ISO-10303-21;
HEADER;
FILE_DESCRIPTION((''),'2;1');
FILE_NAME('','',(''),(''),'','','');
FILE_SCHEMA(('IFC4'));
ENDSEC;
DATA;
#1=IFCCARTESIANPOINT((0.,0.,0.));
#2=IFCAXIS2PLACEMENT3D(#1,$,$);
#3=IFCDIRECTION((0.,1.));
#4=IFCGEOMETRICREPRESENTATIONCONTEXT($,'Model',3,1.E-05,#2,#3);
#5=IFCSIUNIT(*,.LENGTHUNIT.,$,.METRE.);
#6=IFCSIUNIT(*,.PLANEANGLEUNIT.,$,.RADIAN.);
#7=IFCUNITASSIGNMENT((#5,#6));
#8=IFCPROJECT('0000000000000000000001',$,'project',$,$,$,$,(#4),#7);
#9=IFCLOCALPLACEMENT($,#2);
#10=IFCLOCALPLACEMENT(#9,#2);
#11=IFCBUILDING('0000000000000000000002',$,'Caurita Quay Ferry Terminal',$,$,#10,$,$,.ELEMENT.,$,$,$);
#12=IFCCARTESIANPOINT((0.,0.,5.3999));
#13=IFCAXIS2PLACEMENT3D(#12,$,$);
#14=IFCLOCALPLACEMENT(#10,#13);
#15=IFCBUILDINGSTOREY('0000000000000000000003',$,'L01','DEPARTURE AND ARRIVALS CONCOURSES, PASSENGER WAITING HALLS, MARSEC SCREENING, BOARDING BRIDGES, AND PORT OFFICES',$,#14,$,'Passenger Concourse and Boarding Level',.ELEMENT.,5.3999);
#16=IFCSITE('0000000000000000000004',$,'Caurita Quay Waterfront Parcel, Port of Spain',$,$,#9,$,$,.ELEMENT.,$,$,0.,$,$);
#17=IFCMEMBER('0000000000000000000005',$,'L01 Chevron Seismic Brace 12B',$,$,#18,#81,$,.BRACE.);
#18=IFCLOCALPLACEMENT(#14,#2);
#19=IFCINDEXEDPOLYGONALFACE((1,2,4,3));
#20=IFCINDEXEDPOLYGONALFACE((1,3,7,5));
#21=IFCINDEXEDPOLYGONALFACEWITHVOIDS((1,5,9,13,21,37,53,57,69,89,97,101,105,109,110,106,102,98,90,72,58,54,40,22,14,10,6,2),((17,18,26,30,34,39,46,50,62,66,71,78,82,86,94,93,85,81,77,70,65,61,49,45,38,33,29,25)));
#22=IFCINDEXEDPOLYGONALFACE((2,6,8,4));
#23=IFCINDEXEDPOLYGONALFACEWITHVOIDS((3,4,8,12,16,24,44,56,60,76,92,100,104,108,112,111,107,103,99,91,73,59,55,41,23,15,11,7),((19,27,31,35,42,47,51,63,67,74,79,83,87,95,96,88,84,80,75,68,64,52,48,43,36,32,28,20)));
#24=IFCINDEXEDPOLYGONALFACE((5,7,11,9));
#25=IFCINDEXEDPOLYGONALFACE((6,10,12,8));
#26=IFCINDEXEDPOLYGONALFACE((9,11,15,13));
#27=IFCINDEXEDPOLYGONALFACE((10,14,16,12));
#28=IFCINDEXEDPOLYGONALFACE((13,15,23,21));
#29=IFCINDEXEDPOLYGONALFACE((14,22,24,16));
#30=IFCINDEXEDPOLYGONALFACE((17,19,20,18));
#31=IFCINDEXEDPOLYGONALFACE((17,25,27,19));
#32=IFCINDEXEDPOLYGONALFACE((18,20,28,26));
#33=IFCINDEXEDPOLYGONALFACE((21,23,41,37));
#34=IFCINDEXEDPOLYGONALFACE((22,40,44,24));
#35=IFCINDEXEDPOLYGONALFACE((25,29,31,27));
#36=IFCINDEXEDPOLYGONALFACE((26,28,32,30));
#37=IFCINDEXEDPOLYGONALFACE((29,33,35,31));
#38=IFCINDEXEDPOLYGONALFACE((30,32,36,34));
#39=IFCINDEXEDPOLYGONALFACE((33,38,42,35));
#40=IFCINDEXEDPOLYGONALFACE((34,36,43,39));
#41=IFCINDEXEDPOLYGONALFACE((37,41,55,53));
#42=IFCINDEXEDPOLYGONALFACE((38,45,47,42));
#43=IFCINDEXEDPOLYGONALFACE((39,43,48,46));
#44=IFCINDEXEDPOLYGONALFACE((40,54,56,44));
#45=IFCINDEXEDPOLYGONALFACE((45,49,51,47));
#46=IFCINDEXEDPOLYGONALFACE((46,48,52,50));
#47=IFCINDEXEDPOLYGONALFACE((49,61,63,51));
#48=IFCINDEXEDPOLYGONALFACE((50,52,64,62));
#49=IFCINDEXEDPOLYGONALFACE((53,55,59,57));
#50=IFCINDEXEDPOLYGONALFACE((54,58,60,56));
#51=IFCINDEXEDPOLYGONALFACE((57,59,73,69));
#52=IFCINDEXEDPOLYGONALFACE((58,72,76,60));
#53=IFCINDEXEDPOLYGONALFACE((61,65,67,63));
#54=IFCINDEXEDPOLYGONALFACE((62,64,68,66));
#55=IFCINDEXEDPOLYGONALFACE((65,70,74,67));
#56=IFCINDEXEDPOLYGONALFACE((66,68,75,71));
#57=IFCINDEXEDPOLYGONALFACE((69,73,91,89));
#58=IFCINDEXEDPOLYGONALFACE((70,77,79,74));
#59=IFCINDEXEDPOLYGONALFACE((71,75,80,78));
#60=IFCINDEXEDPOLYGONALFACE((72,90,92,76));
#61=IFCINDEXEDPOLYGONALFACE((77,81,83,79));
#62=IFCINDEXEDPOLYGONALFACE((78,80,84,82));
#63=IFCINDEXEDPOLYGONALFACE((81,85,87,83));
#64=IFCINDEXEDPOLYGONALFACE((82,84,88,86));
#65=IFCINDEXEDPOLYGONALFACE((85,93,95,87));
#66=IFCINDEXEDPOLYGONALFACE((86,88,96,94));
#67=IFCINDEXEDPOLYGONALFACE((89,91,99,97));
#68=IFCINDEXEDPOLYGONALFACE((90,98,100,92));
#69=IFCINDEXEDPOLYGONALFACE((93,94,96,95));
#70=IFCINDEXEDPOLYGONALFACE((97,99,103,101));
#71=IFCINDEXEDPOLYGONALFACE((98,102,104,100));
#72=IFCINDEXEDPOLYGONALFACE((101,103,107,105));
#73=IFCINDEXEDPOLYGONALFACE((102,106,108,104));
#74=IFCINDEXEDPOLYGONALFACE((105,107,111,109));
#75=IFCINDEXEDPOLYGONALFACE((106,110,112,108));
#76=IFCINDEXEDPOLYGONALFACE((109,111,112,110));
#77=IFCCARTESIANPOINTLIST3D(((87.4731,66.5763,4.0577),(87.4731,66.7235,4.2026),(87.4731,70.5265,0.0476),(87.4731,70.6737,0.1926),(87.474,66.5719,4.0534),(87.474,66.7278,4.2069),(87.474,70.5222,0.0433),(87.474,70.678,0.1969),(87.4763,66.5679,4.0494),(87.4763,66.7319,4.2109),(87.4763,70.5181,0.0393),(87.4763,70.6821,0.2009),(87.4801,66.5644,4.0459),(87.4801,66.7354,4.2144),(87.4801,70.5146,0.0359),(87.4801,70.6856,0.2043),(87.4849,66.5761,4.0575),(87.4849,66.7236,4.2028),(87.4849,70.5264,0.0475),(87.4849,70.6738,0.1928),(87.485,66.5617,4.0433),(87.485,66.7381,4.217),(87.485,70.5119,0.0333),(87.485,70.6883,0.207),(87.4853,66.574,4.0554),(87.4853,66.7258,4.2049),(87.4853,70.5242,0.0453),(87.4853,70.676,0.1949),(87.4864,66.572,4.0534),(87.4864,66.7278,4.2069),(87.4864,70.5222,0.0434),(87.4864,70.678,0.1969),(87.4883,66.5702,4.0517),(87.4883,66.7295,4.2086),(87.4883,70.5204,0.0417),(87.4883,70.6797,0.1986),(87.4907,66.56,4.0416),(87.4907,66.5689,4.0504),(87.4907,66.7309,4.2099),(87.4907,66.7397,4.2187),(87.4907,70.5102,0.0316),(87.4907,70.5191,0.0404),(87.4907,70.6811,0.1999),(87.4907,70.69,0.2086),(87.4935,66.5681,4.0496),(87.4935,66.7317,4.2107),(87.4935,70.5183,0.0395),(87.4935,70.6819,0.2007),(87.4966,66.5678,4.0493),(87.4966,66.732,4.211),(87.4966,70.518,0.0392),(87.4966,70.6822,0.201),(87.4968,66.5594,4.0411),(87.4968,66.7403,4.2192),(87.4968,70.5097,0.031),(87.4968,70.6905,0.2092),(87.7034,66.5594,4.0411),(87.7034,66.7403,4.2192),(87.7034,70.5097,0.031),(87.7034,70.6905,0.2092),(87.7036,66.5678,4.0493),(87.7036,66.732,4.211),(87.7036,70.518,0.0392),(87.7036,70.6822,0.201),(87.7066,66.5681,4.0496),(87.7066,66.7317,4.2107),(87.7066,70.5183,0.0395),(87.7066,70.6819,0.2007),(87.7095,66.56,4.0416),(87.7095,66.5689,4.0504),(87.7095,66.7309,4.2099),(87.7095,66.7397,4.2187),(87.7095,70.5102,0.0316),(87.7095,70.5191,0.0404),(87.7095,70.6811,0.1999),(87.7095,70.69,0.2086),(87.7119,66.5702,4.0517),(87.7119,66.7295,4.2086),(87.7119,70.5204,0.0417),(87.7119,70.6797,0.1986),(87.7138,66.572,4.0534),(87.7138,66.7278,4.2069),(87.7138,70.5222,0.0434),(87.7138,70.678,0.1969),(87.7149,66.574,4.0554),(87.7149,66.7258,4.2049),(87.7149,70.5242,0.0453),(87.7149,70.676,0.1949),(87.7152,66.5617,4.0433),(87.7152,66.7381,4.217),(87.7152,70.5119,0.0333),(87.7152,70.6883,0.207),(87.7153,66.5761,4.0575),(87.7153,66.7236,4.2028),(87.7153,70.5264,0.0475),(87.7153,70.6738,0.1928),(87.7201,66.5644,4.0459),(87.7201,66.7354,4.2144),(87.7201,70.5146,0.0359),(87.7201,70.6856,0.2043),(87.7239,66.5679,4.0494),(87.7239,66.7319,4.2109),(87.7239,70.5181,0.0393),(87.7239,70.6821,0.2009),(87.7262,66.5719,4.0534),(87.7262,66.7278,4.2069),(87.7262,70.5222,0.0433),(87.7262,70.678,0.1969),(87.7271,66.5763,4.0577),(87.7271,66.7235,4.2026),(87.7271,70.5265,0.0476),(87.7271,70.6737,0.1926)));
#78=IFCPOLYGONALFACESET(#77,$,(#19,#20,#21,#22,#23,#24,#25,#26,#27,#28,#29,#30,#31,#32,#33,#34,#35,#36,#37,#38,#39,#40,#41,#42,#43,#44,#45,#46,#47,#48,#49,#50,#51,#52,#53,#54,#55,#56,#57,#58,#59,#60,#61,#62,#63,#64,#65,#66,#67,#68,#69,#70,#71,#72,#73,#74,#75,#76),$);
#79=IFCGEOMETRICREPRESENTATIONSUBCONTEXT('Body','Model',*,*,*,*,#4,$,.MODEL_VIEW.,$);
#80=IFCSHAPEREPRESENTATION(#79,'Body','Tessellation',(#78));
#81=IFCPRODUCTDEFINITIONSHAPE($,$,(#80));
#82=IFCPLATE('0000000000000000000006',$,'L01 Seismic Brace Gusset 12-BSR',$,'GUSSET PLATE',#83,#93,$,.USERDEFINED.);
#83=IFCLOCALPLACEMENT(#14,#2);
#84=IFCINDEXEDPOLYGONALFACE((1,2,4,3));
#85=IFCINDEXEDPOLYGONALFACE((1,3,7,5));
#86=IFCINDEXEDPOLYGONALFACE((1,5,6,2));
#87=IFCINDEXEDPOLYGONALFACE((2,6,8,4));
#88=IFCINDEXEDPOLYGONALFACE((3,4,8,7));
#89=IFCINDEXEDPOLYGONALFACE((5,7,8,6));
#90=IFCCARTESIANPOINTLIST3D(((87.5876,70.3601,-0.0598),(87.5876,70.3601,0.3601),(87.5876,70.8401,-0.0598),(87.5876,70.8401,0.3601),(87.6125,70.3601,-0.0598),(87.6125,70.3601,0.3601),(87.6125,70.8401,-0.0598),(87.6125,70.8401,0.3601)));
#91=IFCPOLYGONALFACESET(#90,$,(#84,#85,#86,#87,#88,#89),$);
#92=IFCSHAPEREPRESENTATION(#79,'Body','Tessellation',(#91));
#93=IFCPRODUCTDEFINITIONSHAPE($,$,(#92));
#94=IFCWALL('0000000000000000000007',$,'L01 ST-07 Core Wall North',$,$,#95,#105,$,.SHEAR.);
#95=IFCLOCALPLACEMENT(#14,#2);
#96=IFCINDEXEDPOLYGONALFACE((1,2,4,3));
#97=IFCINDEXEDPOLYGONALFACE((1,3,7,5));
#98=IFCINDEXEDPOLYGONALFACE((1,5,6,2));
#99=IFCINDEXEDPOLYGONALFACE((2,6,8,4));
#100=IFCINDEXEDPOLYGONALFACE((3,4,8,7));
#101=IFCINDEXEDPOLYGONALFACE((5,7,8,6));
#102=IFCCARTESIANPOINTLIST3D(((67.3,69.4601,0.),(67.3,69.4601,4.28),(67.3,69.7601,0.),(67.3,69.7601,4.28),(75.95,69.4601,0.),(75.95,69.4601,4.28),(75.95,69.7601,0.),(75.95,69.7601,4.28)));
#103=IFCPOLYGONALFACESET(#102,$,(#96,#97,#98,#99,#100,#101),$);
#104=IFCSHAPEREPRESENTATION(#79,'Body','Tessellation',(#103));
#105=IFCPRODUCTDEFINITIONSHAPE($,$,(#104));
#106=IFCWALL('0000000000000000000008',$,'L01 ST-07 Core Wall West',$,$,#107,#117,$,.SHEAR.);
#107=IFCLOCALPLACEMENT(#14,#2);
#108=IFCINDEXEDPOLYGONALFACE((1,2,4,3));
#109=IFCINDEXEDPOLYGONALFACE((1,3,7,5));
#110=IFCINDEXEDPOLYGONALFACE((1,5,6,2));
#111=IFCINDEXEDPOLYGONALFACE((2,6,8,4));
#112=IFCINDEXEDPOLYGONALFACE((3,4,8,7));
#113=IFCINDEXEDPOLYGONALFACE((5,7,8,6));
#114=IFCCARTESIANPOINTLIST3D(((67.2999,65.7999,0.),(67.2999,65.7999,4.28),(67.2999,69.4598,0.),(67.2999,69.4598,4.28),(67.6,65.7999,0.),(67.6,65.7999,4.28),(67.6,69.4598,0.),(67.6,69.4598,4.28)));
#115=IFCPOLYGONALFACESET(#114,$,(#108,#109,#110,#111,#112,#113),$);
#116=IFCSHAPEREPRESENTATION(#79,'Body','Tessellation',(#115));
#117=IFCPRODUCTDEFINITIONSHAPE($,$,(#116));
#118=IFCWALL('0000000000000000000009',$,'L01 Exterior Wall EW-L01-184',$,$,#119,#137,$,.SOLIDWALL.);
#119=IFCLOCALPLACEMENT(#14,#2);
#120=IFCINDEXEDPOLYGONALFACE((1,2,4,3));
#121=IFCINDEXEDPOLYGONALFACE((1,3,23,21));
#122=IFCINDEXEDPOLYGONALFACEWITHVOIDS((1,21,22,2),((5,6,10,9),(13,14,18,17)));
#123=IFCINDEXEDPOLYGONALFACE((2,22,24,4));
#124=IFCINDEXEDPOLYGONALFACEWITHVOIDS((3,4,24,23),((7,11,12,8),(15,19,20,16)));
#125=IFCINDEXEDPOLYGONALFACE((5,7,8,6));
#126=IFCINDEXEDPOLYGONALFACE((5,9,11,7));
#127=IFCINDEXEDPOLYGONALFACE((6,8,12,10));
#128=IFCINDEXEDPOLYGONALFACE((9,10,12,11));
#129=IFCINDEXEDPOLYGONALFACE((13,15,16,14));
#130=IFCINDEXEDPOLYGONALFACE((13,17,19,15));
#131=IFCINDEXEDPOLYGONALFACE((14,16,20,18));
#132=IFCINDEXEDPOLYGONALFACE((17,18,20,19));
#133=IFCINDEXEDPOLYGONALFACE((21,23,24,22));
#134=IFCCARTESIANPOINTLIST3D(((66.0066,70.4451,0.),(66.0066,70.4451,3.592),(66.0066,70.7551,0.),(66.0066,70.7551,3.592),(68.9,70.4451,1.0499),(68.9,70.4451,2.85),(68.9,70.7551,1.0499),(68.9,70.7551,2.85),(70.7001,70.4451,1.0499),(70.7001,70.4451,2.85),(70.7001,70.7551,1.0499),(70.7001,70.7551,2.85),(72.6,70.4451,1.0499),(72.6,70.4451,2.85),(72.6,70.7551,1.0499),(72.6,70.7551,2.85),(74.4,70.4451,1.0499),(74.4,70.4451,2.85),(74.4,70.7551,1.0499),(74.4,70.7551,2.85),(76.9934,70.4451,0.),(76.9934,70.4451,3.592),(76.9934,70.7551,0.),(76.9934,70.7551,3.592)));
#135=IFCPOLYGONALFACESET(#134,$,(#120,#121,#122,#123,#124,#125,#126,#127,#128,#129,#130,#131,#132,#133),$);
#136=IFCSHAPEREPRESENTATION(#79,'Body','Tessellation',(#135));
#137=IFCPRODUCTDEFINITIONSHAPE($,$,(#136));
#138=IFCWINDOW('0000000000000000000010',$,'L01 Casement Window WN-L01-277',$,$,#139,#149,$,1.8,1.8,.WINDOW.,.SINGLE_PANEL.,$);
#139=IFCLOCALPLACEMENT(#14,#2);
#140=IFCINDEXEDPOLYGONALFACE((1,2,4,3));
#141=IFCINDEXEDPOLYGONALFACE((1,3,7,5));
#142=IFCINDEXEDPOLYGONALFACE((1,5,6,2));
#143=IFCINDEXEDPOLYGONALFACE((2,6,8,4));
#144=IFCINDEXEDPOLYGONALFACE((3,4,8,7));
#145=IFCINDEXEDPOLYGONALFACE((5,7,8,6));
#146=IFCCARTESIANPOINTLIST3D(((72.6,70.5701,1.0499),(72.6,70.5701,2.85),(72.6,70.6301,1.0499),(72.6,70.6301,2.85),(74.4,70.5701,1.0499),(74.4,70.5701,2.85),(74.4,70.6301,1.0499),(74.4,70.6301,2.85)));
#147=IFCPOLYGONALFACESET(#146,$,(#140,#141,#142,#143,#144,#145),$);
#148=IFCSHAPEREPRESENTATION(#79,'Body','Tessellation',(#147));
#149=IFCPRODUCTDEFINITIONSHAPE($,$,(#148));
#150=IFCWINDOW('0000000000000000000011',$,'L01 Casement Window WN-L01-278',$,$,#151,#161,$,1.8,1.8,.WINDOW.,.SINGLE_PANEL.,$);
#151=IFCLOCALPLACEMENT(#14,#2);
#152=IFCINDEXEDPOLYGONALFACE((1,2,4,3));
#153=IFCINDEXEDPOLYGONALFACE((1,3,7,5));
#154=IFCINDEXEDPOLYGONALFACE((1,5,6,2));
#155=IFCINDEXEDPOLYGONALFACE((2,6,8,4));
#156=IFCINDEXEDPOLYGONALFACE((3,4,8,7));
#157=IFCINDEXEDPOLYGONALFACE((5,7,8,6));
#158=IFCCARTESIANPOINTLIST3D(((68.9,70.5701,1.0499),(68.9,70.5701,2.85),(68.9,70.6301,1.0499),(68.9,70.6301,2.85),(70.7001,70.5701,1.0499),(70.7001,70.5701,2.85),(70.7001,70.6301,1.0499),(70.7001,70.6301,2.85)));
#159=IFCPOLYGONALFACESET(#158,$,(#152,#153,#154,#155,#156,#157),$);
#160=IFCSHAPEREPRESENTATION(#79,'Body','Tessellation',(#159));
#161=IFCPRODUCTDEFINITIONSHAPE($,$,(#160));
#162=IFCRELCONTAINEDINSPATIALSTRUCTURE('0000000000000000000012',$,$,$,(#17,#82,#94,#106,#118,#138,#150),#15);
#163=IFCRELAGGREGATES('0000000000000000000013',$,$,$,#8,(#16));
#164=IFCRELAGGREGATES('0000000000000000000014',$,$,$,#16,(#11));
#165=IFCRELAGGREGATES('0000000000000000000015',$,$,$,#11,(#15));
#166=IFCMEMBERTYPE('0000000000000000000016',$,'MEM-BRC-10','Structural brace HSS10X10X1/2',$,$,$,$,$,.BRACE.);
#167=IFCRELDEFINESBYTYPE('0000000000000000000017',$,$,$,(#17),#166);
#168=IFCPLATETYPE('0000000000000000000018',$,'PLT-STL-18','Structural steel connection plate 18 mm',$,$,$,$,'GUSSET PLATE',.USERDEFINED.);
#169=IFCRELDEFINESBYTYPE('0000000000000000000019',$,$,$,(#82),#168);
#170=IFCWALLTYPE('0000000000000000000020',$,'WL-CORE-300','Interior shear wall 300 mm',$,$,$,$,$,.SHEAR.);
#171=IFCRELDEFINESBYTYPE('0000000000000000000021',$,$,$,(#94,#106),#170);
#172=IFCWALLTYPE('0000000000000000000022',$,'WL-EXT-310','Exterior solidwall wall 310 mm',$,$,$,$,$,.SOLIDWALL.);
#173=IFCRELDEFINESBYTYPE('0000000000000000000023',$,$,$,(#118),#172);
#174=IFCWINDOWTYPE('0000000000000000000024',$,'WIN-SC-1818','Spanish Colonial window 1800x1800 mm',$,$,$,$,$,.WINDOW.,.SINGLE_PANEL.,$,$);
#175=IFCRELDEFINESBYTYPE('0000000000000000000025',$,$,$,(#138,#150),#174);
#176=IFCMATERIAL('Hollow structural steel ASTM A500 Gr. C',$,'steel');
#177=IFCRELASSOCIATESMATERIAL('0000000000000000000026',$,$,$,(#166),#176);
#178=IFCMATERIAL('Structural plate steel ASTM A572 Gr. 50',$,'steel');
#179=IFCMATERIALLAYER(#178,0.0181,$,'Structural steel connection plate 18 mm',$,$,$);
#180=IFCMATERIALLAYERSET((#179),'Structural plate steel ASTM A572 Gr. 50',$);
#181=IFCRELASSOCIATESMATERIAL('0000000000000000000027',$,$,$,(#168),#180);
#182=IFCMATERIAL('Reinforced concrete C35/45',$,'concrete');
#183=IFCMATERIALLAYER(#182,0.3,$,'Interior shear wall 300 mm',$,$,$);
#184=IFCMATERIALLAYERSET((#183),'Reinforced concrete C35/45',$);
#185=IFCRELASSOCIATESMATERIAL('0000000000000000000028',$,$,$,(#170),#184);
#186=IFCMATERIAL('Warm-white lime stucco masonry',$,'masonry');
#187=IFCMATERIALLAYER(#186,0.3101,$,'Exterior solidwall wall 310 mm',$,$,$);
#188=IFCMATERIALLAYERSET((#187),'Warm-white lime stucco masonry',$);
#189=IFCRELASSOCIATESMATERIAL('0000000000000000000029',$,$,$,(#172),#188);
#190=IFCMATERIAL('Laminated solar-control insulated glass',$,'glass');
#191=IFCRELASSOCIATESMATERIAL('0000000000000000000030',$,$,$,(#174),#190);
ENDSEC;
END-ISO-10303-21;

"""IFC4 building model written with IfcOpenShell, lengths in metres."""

from ifc_helpers import new_model, si_unit, direction, frame, frame_2d, origin, origin_2d, place, context, subcontext, project, spatial, rectangle, hollow_rectangle, extrude, material, layer, layer_set, material_profile, profile_set, type_object, element, fill, save


model = new_model("IFC4")

# Units and contexts
model_context = context("Model", 3, precision=1e-05, world=origin(), true_north=direction((0.0, 1.0)))
body_context = subcontext(model_context, "Body", "Model", "MODEL_VIEW")
ifc_project = project(units=[si_unit("LENGTHUNIT", "METRE"), si_unit("PLANEANGLEUNIT", "RADIAN")], contexts=[model_context])

# Site, building, storey
site_placement = place(None, origin())
site = spatial("IfcSite", under=ifc_project, at=site_placement, Name="Caurita Quay Waterfront Parcel, Port of Spain", CompositionType="ELEMENT", RefElevation=0.0)
building_placement = place(site_placement, origin())
building = spatial("IfcBuilding", under=site, at=building_placement, Name="Caurita Quay Ferry Terminal", CompositionType="ELEMENT")
storey_placement = place(building_placement, frame((0.0, 0.0, 5.3999)))
storey = spatial("IfcBuildingStorey", under=building, at=storey_placement, Name="L01", Description="DEPARTURE AND ARRIVALS CONCOURSES, PASSENGER WAITING HALLS, MARSEC SCREENING, BOARDING BRIDGES, AND PORT OFFICES", LongName="Passenger Concourse and Boarding Level", CompositionType="ELEMENT", Elevation=5.3999)

# Member
ifc_material_1 = material(Name="Hollow structural steel ASTM A500 Gr. C", Category="steel")
ifc_material_profile_1 = material_profile(ifc_material_1, hollow_rectangle(XDim=0.2539, YDim=0.2539, WallThickness=0.0117, InnerFilletRadius=0.0117, OuterFilletRadius=0.0237, at=origin_2d()), Name="HSS10X10X1/2")
ifc_profile_set_1 = profile_set([ifc_material_profile_1], Name="Hollow structural steel ASTM A500 Gr. C")
member_type = type_object("IfcMemberType", Name="MEM-BRC-10", Description="Structural brace HSS10X10X1/2", PredefinedType="BRACE", material=ifc_profile_set_1)
member_placement = place(storey_placement, frame((87.6001, 70.6001, 0.1201), z_axis=(0.0, -0.701774, 0.7124), x_axis=(1.0, 0.0, 0.0)))
element("IfcMember", 1, at=member_placement, inside=storey, type_object=member_type, Name="L01 Chevron Seismic Brace 12B", PredefinedType="BRACE", context=body_context, shape_type="SweptSolid", body=[
    extrude(hollow_rectangle(XDim=0.2539, YDim=0.2539, WallThickness=0.0117, InnerFilletRadius=0.0117, OuterFilletRadius=0.0237, at=origin_2d()), origin(), (0.0, 0.0, 1.0), 5.6289),
])

# Plate
ifc_material_2 = material(Name="Structural plate steel ASTM A572 Gr. 50", Category="steel")
ifc_layer_1 = layer(ifc_material_2, 0.0181, Name="Structural steel connection plate 18 mm")
ifc_layer_set_1 = layer_set([ifc_layer_1], Name="Structural plate steel ASTM A572 Gr. 50")
plate_type = type_object("IfcPlateType", Name="PLT-STL-18", Description="Structural steel connection plate 18 mm", ElementType="GUSSET PLATE", PredefinedType="USERDEFINED", material=ifc_layer_set_1)
plate_placement = place(storey_placement, frame((87.6001, 70.6001, -0.0598), z_axis=(0.0, 0.0, 1.0), x_axis=(0.0, 1.0, 0.0)))
element("IfcPlate", 2, at=plate_placement, inside=storey, type_object=plate_type, Name="L01 Seismic Brace Gusset 12-BSR", ObjectType="GUSSET PLATE", PredefinedType="USERDEFINED", context=body_context, shape_type="SweptSolid", body=[
    extrude(rectangle(XDim=0.48, YDim=0.0249, at=origin_2d()), origin(), (0.0, 0.0, 1.0), 0.4199),
])

# Walls
ifc_material_3 = material(Name="Reinforced concrete C35/45", Category="concrete")
ifc_layer_2 = layer(ifc_material_3, 0.3, Name="Interior shear wall 300 mm")
ifc_layer_set_2 = layer_set([ifc_layer_2], Name="Reinforced concrete C35/45")
wall_type_1 = type_object("IfcWallType", Name="WL-CORE-300", Description="Interior shear wall 300 mm", PredefinedType="SHEAR", material=ifc_layer_set_2)
wall_1_placement = place(storey_placement, frame((75.95, 69.6101, 0.0), z_axis=(0.0, 0.0, 1.0), x_axis=(-1.0, 0.0, 0.0)))
element("IfcWall", 3, at=wall_1_placement, inside=storey, type_object=wall_type_1, Name="L01 ST-07 Core Wall North", PredefinedType="SHEAR", context=body_context, shape_type="SweptSolid", body=[
    extrude(rectangle(XDim=8.6499, YDim=0.3, at=frame_2d((4.325, 0.0))), origin(), (0.0, 0.0, 1.0), 4.28),
])
wall_2_placement = place(storey_placement, frame((67.45, 69.46, 0.0), z_axis=(0.0, 0.0, 1.0), x_axis=(0.0, -1.0, 0.0)))
element("IfcWall", 4, at=wall_2_placement, inside=storey, type_object=wall_type_1, Name="L01 ST-07 Core Wall West", PredefinedType="SHEAR", context=body_context, shape_type="SweptSolid", body=[
    extrude(rectangle(XDim=3.6599, YDim=0.3, at=frame_2d((1.8301, 0.0))), origin(), (0.0, 0.0, 1.0), 4.28),
])

# Wall, openings, windows
ifc_material_4 = material(Name="Warm-white lime stucco masonry", Category="masonry")
ifc_layer_3 = layer(ifc_material_4, 0.3101, Name="Exterior solidwall wall 310 mm")
ifc_layer_set_3 = layer_set([ifc_layer_3], Name="Warm-white lime stucco masonry")
wall_type_2 = type_object("IfcWallType", Name="WL-EXT-310", Description="Exterior solidwall wall 310 mm", PredefinedType="SOLIDWALL", material=ifc_layer_set_3)
wall_3_placement = place(storey_placement, frame((76.9934, 70.6001, 0.0), z_axis=(0.0, 0.0, 1.0), x_axis=(-1.0, 0.0, 0.0)))
wall_3 = element("IfcWall", 5, at=wall_3_placement, inside=storey, type_object=wall_type_2, Name="L01 Exterior Wall EW-L01-184", PredefinedType="SOLIDWALL", context=body_context, shape_type="SweptSolid", body=[
    extrude(rectangle(XDim=10.9868, YDim=0.3101, at=frame_2d((5.4934, 0.0))), origin(), (0.0, 0.0, 1.0), 3.592),
])
opening_1_placement = place(wall_3_placement, frame((2.5935, 0.0, 1.05)))
opening_1 = element("IfcOpeningElement", 6, at=opening_1_placement, cuts=wall_3, PredefinedType="OPENING", context=body_context, shape_type="SweptSolid", body=[
    extrude(rectangle(XDim=1.8, YDim=1.8, at=frame_2d((0.8999, 0.8999))), frame((0.0, 0.165, 0.0), z_axis=(0.0, -1.0, 0.0), x_axis=(1.0, 0.0, 0.0)), (0.0, 0.0, 1.0), 0.3301),
])
opening_2_placement = place(wall_3_placement, frame((6.2935, 0.0, 1.05)))
opening_2 = element("IfcOpeningElement", 7, at=opening_2_placement, cuts=wall_3, PredefinedType="OPENING", context=body_context, shape_type="SweptSolid", body=[
    extrude(rectangle(XDim=1.8, YDim=1.8, at=frame_2d((0.8999, 0.8999))), frame((0.0, 0.165, 0.0), z_axis=(0.0, -1.0, 0.0), x_axis=(1.0, 0.0, 0.0)), (0.0, 0.0, 1.0), 0.3301),
])
ifc_material_5 = material(Name="Laminated solar-control insulated glass", Category="glass")
window_type = type_object("IfcWindowType", Name="WIN-SC-1818", Description="Spanish Colonial window 1800x1800 mm", PartitioningType="SINGLE_PANEL", PredefinedType="WINDOW", material=ifc_material_5)
window_1_placement = place(opening_1_placement, origin())
window_1 = element("IfcWindow", 8, at=window_1_placement, inside=storey, type_object=window_type, Name="L01 Casement Window WN-L01-277", OverallHeight=1.8, OverallWidth=1.8, PartitioningType="SINGLE_PANEL", PredefinedType="WINDOW", context=body_context, shape_type="SweptSolid", body=[
    extrude(rectangle(XDim=1.8, YDim=1.8, at=frame_2d((0.8999, 0.8999))), frame((0.0, 0.03, 0.0), z_axis=(0.0, -1.0, 0.0), x_axis=(1.0, 0.0, 0.0)), (0.0, 0.0, 1.0), 0.0601),
])
fill(opening_1, window_1)
window_2_placement = place(opening_2_placement, origin())
window_2 = element("IfcWindow", 9, at=window_2_placement, inside=storey, type_object=window_type, Name="L01 Casement Window WN-L01-278", OverallHeight=1.8, OverallWidth=1.8, PartitioningType="SINGLE_PANEL", PredefinedType="WINDOW", context=body_context, shape_type="SweptSolid", body=[
    extrude(rectangle(XDim=1.8, YDim=1.8, at=frame_2d((0.8999, 0.8999))), frame((0.0, 0.03, 0.0), z_axis=(0.0, -1.0, 0.0), x_axis=(1.0, 0.0, 0.0)), (0.0, 0.0, 1.0), 0.0601),
])
fill(opening_2, window_2)

save(model, "model.ifc")
